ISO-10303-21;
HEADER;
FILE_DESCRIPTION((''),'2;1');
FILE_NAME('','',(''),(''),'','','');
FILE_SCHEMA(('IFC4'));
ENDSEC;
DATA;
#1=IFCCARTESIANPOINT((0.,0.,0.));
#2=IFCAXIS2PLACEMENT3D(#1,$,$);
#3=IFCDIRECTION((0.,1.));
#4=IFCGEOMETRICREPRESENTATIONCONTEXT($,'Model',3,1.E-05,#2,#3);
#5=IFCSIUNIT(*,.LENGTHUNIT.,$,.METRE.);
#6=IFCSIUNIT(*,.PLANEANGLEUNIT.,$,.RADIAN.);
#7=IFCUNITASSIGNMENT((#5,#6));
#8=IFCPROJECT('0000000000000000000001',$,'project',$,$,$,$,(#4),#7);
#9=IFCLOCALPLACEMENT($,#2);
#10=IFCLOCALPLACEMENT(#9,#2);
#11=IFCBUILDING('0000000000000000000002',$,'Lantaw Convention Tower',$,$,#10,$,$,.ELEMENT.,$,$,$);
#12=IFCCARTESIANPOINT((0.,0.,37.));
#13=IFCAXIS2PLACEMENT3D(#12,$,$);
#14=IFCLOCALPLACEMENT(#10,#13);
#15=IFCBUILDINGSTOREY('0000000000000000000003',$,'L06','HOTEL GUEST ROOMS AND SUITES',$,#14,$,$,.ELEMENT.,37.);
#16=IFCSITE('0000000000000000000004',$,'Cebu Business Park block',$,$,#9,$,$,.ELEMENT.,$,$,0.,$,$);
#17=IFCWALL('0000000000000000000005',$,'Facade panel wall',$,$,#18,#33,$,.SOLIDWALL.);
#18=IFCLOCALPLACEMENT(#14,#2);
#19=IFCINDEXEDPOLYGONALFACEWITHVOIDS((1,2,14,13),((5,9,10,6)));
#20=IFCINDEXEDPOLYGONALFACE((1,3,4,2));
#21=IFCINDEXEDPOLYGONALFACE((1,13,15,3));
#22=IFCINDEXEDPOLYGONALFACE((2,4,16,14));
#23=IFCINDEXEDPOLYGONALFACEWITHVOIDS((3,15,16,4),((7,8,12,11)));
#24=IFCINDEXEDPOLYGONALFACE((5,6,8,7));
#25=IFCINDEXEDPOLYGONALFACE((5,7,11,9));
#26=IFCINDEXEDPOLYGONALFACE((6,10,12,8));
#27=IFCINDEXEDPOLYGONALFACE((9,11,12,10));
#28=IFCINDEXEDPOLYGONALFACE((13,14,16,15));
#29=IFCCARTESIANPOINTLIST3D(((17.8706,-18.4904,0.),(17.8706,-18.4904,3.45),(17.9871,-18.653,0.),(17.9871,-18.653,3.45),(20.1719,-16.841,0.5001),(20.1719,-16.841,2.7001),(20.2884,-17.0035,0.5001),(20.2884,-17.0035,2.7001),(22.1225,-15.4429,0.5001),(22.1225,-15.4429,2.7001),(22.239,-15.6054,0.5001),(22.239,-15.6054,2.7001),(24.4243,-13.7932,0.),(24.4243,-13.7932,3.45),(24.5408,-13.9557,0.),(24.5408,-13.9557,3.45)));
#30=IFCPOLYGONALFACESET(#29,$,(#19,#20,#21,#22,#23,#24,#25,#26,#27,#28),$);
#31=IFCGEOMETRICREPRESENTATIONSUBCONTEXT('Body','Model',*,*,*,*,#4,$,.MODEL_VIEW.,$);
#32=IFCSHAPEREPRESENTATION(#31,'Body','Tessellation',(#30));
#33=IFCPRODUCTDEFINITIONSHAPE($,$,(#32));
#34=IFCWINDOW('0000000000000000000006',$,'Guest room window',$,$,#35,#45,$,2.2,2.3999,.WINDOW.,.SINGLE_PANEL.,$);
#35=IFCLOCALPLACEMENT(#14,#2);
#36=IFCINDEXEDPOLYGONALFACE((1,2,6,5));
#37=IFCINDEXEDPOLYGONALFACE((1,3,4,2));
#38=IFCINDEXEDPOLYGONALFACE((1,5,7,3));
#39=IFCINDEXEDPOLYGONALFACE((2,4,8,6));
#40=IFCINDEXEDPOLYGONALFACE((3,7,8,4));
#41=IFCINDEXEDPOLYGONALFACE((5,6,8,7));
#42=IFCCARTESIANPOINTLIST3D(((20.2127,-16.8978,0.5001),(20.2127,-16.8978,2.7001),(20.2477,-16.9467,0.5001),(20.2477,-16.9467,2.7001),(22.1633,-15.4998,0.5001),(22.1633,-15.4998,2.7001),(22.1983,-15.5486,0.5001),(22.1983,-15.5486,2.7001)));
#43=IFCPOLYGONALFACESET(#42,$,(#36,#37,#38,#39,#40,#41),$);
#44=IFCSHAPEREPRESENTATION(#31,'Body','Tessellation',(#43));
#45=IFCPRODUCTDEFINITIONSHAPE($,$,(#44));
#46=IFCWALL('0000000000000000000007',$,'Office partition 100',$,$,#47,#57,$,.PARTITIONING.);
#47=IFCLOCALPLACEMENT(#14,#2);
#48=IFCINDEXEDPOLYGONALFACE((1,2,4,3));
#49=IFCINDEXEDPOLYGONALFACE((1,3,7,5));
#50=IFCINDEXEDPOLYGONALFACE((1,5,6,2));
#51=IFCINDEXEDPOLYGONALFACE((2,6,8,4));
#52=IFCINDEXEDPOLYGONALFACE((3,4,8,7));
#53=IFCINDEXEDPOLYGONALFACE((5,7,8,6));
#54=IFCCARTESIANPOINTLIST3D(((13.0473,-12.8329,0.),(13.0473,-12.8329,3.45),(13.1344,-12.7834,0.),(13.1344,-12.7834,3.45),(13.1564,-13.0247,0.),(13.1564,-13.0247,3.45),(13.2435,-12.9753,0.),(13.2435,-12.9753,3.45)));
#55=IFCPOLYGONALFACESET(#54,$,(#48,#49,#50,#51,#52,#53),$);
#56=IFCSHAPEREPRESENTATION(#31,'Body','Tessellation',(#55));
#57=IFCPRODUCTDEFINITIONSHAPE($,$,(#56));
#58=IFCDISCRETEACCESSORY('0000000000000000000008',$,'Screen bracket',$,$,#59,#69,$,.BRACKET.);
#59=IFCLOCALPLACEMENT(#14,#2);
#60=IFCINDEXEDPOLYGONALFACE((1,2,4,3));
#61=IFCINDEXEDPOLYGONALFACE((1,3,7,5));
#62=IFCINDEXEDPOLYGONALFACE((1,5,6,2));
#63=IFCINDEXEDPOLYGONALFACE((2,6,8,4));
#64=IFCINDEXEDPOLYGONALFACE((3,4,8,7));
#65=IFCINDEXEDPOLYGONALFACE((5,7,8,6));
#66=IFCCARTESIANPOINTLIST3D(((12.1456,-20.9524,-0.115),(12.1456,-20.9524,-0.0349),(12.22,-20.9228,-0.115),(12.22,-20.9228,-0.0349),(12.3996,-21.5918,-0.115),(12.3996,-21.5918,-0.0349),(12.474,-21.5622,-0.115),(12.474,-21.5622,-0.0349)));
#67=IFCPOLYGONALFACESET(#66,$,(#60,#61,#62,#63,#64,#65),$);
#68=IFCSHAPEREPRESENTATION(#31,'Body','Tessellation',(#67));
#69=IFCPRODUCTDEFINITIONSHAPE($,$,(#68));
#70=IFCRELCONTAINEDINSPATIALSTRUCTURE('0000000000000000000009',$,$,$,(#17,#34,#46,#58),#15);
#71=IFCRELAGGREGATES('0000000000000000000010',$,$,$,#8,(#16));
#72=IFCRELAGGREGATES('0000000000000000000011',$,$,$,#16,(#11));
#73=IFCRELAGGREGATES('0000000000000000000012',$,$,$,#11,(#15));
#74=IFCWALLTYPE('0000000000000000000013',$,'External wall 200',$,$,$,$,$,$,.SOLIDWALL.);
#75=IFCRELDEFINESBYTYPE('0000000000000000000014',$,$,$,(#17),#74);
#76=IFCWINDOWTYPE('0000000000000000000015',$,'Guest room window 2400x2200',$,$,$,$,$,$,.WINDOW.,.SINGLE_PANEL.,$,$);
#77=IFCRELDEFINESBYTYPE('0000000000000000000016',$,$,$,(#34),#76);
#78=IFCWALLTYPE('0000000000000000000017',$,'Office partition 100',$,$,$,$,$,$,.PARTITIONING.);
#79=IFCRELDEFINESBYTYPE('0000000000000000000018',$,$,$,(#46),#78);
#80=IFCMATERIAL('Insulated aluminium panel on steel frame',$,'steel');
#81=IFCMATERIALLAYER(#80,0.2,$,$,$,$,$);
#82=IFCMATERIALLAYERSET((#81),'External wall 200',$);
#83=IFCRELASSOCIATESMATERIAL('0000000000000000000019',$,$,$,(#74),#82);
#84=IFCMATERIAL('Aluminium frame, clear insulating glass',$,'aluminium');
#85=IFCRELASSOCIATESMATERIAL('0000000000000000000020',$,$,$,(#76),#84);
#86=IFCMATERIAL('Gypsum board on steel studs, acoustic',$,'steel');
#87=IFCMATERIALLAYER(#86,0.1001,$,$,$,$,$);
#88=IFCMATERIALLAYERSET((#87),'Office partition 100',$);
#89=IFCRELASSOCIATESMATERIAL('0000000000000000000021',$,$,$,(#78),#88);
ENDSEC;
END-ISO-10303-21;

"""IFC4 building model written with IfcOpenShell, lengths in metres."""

from ifc_helpers import new_model, si_unit, direction, frame, frame_2d, origin, origin_2d, place, context, subcontext, project, spatial, rectangle, extrude, material, layer, layer_set, type_object, element, fill, save


model = new_model("IFC4")

# Units and contexts
model_context = context("Model", 3, precision=1e-05, world=origin(), true_north=direction((0.0, 1.0)))
body_context = subcontext(model_context, "Body", "Model", "MODEL_VIEW")
ifc_project = project(units=[si_unit("LENGTHUNIT", "METRE"), si_unit("PLANEANGLEUNIT", "RADIAN")], contexts=[model_context])

# Site, building, storey
site_placement = place(None, origin())
site = spatial("IfcSite", under=ifc_project, at=site_placement, Name="Cebu Business Park block", CompositionType="ELEMENT", RefElevation=0.0)
building_placement = place(site_placement, origin())
building = spatial("IfcBuilding", under=site, at=building_placement, Name="Lantaw Convention Tower", CompositionType="ELEMENT")
storey_placement = place(building_placement, frame((0.0, 0.0, 37.0)))
storey = spatial("IfcBuildingStorey", under=building, at=storey_placement, Name="L06", Description="HOTEL GUEST ROOMS AND SUITES", CompositionType="ELEMENT", Elevation=37.0)

# Wall, opening, window
ifc_material_1 = material(Name="Insulated aluminium panel on steel frame", Category="steel")
ifc_layer_1 = layer(ifc_material_1, 0.2)
ifc_layer_set_1 = layer_set([ifc_layer_1], Name="External wall 200")
wall_type_1 = type_object("IfcWallType", Name="External wall 200", PredefinedType="SOLIDWALL", material=ifc_layer_set_1)
wall_1_placement = place(storey_placement, frame((17.9287, -18.5718, 0.0), z_axis=(0.0, 0.0, 1.0), x_axis=(0.812791, 0.582555, 0.0)))
wall_1 = element("IfcWall", 1, at=wall_1_placement, inside=storey, type_object=wall_type_1, Name="Facade panel wall", PredefinedType="SOLIDWALL", context=body_context, shape_type="SweptSolid", body=[
    extrude(rectangle(XDim=8.0632, YDim=0.2, at=frame_2d((4.0317, 0.0))), origin(), (0.0, 0.0, 1.0), 3.45),
])
opening_1_placement = place(wall_1_placement, frame((2.8315, 0.0, 0.5)))
opening_1 = element("IfcOpeningElement", 2, at=opening_1_placement, cuts=wall_1, PredefinedType="OPENING", context=body_context, shape_type="SweptSolid", body=[
    extrude(rectangle(XDim=2.3999, YDim=2.2, at=frame_2d((1.2, 1.1001))), frame((0.0, 0.1099, 0.0), z_axis=(0.0, -1.0, 0.0), x_axis=(1.0, 0.0, 0.0)), (0.0, 0.0, 1.0), 0.22),
])
ifc_material_2 = material(Name="Aluminium frame, clear insulating glass", Category="aluminium")
window_type = type_object("IfcWindowType", Name="Guest room window 2400x2200", PartitioningType="SINGLE_PANEL", PredefinedType="WINDOW", material=ifc_material_2)
window_placement = place(opening_1_placement, origin())
window = element("IfcWindow", 3, at=window_placement, inside=storey, type_object=window_type, Name="Guest room window", OverallHeight=2.2, OverallWidth=2.3999, PartitioningType="SINGLE_PANEL", PredefinedType="WINDOW", context=body_context, shape_type="SweptSolid", body=[
    extrude(rectangle(XDim=2.3999, YDim=2.2, at=frame_2d((1.2, 1.1001))), frame((0.0, 0.03, 0.0), z_axis=(0.0, -1.0, 0.0), x_axis=(1.0, 0.0, 0.0)), (0.0, 0.0, 1.0), 0.0601),
])
fill(opening_1, window)

# Wall
ifc_material_3 = material(Name="Gypsum board on steel studs, acoustic", Category="steel")
ifc_layer_2 = layer(ifc_material_3, 0.1001)
ifc_layer_set_2 = layer_set([ifc_layer_2], Name="Office partition 100")
wall_type_2 = type_object("IfcWallType", Name="Office partition 100", PredefinedType="PARTITIONING", material=ifc_layer_set_2)
wall_2_placement = place(storey_placement, frame((13.2, -13.0, 0.0), z_axis=(0.0, 0.0, 1.0), x_axis=(-0.494351, 0.869262, 0.0)))
element("IfcWall", 4, at=wall_2_placement, inside=storey, type_object=wall_type_2, Name="Office partition 100", PredefinedType="PARTITIONING", context=body_context, shape_type="SweptSolid", body=[
    extrude(rectangle(XDim=0.2207, YDim=0.1001, at=frame_2d((0.1104, 0.0))), origin(), (0.0, 0.0, 1.0), 3.45),
])

# Discrete accessory
discrete_accessory_placement = place(storey_placement, frame((12.3098, -21.2573, -0.115), z_axis=(0.0, 0.0, 1.0), x_axis=(0.929361, 0.369172, 0.0)))
element("IfcDiscreteAccessory", 5, at=discrete_accessory_placement, inside=storey, Name="Screen bracket", PredefinedType="BRACKET", context=body_context, shape_type="SweptSolid", body=[
    extrude(rectangle(XDim=0.0801, YDim=0.688, at=origin_2d()), origin(), (0.0, 0.0, 1.0), 0.0801),
])

save(model, "model.ifc")
